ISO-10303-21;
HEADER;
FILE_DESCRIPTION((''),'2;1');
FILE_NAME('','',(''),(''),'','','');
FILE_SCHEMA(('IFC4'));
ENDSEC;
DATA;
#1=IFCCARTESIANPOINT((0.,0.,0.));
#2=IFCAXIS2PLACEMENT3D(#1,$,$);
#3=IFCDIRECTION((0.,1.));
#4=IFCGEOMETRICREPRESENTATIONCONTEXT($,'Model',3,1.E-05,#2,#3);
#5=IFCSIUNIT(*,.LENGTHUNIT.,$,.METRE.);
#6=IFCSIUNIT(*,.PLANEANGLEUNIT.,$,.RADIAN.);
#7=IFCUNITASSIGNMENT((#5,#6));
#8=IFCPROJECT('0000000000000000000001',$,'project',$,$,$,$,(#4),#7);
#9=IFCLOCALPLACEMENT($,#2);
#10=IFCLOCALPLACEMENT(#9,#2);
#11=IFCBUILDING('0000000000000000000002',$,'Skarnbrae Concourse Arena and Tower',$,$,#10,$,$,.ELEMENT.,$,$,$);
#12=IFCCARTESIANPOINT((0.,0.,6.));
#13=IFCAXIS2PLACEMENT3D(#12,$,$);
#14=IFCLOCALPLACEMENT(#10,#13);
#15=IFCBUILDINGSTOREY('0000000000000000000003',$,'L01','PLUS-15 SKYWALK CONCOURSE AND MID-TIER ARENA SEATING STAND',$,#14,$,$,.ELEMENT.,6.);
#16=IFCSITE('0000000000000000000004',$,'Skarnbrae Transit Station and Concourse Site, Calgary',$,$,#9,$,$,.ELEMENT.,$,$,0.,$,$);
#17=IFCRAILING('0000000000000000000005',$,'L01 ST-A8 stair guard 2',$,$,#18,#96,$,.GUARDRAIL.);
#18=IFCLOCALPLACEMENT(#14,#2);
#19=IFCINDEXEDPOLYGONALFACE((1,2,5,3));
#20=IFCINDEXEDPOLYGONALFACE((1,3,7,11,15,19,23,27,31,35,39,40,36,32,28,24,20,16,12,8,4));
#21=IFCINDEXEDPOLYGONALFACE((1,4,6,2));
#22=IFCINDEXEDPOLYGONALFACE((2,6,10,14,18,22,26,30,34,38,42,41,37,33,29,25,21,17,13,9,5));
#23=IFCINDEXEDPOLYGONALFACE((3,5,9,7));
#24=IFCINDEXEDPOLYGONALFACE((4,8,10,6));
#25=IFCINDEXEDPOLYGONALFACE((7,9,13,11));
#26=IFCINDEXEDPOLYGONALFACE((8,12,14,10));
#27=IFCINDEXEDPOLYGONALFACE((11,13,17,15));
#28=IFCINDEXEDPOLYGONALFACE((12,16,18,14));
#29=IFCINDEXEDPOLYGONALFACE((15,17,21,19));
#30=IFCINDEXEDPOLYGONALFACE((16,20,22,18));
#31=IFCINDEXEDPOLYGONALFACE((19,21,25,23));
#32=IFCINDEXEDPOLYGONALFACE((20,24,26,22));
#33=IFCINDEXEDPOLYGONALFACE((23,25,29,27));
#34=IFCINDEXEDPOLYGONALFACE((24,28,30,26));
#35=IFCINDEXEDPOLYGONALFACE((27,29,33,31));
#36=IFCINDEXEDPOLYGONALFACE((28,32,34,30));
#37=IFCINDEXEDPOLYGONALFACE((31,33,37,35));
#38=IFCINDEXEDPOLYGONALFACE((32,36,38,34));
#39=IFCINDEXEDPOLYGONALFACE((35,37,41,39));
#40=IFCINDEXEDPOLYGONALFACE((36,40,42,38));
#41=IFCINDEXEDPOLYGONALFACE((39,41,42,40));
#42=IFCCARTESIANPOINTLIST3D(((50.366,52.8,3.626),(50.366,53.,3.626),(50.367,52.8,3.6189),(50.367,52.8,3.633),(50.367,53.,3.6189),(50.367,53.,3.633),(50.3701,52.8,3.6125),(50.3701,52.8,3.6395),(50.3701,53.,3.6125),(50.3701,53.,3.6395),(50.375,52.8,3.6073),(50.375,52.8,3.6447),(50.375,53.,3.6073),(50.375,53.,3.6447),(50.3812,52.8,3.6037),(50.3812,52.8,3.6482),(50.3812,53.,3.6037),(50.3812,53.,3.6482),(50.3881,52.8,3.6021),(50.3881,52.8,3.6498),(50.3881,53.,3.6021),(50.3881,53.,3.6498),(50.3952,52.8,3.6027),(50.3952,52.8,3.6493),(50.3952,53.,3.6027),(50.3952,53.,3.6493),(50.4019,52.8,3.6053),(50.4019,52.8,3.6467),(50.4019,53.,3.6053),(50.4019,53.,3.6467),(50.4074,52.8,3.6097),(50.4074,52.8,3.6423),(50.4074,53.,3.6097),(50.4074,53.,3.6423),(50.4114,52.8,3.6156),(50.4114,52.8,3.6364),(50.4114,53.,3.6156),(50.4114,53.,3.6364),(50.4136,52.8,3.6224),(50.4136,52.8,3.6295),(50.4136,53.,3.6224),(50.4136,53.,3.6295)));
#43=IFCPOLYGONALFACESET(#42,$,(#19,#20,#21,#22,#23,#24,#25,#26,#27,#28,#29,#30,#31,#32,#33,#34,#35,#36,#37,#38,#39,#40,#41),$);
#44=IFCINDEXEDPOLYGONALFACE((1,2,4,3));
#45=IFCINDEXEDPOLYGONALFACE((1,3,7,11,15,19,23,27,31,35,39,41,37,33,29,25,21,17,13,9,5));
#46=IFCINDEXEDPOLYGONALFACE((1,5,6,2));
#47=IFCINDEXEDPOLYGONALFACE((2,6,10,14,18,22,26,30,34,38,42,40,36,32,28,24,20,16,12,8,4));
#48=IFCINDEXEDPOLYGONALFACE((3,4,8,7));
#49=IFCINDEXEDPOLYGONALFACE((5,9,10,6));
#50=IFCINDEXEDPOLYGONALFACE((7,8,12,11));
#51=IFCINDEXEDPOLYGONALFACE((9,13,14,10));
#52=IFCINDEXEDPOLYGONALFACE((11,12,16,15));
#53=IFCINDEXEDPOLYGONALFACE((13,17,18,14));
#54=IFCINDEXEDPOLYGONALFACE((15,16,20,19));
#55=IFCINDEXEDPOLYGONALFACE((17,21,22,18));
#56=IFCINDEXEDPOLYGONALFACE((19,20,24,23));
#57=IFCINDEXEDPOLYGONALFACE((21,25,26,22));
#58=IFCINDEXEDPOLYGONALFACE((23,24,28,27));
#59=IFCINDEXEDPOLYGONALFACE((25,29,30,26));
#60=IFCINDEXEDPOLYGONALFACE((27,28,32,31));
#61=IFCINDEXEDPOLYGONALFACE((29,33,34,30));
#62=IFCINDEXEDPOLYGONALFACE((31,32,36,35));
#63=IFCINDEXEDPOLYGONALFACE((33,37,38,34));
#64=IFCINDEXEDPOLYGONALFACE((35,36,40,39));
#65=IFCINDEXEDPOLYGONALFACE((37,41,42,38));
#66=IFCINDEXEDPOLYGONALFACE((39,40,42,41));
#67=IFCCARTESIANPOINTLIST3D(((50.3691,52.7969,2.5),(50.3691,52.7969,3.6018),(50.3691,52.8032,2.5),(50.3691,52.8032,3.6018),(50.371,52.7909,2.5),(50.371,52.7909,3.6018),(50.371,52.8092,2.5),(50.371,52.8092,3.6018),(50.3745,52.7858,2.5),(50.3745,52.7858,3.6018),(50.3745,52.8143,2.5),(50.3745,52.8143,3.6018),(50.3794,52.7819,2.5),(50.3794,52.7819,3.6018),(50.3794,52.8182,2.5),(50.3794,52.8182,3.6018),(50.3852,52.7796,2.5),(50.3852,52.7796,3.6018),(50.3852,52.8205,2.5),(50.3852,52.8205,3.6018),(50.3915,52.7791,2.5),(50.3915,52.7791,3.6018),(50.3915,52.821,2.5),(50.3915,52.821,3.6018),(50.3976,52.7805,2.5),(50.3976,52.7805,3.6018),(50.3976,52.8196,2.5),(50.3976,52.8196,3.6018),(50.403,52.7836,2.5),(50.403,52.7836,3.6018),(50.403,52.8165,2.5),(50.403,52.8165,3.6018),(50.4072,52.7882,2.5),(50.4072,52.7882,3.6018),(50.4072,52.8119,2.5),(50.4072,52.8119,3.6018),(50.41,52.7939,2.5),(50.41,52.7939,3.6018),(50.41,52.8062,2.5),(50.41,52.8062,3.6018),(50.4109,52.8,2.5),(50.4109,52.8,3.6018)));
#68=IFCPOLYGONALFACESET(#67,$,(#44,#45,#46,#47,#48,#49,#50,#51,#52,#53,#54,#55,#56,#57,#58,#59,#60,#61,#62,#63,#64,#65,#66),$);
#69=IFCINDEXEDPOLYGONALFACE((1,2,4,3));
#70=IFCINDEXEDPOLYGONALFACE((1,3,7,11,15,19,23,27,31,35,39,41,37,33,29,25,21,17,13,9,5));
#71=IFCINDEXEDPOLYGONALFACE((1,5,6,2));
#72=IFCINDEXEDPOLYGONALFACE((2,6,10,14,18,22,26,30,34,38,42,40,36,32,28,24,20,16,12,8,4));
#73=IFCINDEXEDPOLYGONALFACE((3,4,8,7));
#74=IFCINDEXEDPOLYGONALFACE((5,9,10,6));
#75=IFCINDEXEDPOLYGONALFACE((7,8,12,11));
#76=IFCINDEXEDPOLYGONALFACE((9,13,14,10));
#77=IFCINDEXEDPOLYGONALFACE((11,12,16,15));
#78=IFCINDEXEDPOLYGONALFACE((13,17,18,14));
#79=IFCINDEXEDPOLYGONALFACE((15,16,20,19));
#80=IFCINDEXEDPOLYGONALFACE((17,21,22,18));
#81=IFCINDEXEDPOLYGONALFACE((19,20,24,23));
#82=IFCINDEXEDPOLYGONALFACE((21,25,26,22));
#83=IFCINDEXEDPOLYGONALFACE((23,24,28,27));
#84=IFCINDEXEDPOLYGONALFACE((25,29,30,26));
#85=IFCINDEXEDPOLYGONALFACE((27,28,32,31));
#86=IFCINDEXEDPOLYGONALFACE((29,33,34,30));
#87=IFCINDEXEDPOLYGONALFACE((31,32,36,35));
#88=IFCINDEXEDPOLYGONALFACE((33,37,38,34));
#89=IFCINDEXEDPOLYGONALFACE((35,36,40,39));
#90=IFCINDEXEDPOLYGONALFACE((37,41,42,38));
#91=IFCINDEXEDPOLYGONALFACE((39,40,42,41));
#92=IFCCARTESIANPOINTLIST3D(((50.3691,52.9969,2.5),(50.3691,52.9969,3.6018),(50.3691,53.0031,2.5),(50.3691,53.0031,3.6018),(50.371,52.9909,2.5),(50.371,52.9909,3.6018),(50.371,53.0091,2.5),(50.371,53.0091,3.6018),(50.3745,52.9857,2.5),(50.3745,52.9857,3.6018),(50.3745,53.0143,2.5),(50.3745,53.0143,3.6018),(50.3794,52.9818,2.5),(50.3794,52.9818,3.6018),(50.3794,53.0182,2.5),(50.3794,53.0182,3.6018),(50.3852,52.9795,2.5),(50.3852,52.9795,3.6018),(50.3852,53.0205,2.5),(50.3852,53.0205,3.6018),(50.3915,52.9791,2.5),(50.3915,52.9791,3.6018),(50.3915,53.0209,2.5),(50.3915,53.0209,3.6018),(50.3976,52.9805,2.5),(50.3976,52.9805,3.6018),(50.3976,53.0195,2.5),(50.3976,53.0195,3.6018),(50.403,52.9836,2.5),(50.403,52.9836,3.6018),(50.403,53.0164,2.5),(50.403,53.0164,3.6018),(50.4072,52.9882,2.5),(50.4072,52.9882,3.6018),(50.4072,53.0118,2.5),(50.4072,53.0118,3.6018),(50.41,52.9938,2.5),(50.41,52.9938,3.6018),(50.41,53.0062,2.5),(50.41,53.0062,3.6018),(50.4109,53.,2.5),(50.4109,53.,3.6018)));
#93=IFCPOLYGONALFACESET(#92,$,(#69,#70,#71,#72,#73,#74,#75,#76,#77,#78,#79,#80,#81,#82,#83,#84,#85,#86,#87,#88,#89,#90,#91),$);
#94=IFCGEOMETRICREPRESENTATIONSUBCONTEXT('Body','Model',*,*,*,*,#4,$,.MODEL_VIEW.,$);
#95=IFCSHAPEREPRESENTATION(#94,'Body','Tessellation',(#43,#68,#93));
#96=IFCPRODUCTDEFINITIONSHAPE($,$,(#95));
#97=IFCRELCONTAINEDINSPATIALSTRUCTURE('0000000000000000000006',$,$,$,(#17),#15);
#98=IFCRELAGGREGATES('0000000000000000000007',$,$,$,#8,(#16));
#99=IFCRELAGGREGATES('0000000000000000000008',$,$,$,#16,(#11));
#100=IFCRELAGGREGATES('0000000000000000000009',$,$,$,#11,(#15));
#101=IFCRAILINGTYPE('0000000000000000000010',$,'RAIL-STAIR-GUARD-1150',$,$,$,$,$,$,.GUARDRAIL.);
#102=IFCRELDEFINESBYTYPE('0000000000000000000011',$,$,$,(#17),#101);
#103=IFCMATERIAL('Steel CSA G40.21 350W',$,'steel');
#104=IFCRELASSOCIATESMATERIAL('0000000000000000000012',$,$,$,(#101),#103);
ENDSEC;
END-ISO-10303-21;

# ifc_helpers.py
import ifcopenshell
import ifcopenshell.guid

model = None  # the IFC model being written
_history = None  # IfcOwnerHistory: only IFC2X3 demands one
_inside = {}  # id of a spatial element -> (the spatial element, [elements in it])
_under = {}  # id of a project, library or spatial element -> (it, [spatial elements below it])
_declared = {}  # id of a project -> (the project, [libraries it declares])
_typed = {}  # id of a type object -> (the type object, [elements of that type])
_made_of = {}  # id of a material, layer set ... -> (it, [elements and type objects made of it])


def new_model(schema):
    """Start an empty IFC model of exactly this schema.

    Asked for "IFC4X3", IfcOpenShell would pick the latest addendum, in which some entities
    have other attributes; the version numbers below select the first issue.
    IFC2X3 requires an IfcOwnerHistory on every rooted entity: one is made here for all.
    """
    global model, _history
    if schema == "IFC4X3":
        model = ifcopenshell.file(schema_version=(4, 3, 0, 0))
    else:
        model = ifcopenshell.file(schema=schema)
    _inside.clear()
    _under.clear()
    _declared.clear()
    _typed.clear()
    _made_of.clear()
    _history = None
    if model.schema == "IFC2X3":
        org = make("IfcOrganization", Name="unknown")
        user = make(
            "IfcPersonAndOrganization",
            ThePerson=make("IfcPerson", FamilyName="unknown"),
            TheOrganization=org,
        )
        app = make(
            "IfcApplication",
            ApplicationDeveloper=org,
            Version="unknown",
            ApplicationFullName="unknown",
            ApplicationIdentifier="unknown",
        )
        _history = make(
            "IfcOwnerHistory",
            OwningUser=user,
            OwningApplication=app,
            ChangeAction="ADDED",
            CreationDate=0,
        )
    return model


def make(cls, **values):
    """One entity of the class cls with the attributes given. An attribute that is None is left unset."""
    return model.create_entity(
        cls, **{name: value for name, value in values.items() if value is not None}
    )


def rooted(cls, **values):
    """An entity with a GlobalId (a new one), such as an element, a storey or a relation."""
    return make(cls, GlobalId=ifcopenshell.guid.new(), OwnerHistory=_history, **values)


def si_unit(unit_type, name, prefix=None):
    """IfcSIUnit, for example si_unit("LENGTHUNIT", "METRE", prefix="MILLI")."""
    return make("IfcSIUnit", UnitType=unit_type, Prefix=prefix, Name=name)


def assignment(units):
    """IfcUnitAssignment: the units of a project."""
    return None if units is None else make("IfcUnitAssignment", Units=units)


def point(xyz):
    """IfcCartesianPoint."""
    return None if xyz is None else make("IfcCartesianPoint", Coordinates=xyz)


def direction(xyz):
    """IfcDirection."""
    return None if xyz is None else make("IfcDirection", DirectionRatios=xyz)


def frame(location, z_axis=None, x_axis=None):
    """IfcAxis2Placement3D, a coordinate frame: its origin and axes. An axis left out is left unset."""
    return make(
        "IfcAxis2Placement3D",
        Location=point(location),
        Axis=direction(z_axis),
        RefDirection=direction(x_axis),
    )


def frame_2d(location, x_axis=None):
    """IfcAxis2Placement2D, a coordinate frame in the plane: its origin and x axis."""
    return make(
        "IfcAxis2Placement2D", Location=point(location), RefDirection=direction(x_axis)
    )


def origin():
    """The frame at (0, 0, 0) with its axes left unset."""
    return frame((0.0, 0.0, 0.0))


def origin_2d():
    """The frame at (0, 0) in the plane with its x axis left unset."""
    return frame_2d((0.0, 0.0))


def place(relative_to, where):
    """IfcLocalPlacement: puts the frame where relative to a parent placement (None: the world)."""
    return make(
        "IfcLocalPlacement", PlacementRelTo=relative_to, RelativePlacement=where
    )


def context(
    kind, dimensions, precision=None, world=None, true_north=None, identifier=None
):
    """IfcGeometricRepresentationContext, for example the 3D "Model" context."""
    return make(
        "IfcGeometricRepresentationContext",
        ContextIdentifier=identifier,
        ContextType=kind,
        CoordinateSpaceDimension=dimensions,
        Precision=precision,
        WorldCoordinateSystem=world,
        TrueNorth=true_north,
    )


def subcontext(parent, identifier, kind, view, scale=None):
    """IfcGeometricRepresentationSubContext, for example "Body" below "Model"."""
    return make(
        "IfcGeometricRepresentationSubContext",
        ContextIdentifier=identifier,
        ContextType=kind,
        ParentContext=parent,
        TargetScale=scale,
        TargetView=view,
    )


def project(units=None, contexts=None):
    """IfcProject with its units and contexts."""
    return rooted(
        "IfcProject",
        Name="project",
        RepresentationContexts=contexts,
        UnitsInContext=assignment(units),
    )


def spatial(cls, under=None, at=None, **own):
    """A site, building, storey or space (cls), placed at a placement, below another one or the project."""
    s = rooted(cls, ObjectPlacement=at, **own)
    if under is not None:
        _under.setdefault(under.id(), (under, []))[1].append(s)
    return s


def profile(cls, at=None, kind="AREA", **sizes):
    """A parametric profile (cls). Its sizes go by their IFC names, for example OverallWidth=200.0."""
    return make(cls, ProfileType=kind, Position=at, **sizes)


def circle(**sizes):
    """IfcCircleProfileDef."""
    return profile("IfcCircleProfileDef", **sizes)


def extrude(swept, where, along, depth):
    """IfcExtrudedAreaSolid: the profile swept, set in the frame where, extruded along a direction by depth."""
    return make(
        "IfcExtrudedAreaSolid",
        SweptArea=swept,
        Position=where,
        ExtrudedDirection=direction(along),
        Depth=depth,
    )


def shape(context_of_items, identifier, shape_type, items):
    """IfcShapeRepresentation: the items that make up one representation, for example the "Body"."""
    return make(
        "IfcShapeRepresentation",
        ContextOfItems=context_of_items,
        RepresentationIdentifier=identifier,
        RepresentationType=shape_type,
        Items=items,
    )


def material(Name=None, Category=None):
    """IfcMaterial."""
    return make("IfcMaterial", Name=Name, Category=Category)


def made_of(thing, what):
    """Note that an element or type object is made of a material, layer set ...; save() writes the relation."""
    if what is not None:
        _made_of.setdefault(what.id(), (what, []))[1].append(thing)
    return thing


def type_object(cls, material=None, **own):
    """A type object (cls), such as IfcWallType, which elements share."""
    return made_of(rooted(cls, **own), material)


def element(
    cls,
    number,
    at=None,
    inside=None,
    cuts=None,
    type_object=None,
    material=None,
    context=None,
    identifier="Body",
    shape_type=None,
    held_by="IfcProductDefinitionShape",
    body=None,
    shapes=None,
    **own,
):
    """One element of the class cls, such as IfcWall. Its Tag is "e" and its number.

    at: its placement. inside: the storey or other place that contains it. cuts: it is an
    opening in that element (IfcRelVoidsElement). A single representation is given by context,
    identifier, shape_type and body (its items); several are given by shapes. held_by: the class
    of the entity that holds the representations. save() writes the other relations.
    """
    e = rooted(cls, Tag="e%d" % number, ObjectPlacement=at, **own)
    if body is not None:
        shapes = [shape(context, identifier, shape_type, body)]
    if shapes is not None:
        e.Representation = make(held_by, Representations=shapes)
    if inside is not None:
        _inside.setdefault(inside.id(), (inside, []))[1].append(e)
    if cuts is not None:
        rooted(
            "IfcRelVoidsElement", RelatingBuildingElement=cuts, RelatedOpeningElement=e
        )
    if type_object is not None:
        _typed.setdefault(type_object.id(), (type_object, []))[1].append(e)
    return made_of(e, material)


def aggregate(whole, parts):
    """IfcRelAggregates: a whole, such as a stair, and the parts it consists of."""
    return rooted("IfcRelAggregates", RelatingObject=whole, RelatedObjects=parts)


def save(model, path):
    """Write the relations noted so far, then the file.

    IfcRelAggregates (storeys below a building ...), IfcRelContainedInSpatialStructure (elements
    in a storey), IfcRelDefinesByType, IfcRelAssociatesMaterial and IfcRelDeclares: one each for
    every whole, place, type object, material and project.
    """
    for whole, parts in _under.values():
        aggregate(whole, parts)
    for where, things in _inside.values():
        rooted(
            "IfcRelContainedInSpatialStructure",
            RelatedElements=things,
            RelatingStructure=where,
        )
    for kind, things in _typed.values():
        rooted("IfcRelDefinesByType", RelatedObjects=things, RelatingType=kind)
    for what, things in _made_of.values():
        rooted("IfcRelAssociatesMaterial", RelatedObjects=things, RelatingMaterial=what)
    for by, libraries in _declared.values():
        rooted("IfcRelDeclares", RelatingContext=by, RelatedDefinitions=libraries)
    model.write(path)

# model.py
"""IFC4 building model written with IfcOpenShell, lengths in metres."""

from ifc_helpers import new_model, si_unit, direction, frame, origin, origin_2d, place, context, subcontext, project, spatial, circle, extrude, material, type_object, element, save


model = new_model("IFC4")

# Units and contexts
model_context = context("Model", 3, precision=1e-05, world=origin(), true_north=direction((0.0, 1.0)))
body_context = subcontext(model_context, "Body", "Model", "MODEL_VIEW")
ifc_project = project(units=[si_unit("LENGTHUNIT", "METRE"), si_unit("PLANEANGLEUNIT", "RADIAN")], contexts=[model_context])

# Site, building, storey
site_placement = place(None, origin())
site = spatial("IfcSite", under=ifc_project, at=site_placement, Name="Skarnbrae Transit Station and Concourse Site, Calgary", CompositionType="ELEMENT", RefElevation=0.0)
building_placement = place(site_placement, origin())
building = spatial("IfcBuilding", under=site, at=building_placement, Name="Skarnbrae Concourse Arena and Tower", CompositionType="ELEMENT")
storey_placement = place(building_placement, frame((0.0, 0.0, 6.0)))
storey = spatial("IfcBuildingStorey", under=building, at=storey_placement, Name="L01", Description="PLUS-15 SKYWALK CONCOURSE AND MID-TIER ARENA SEATING STAND", CompositionType="ELEMENT", Elevation=6.0)

# Shared definitions
ifc_material_1 = material(Name="Steel CSA G40.21 350W", Category="steel")

# Railing
railing_type_1 = type_object("IfcRailingType", Name="RAIL-STAIR-GUARD-1150", PredefinedType="GUARDRAIL", material=ifc_material_1)
railing_1_placement = place(storey_placement, frame((50.3899, 52.8, 2.5)))
element("IfcRailing", 1, at=railing_1_placement, inside=storey, type_object=railing_type_1, Name="L01 ST-A8 stair guard 2", PredefinedType="GUARDRAIL", context=body_context, shape_type="SweptSolid", body=[
    extrude(circle(Radius=0.0239, at=origin_2d()), frame((0.0, 0.0, 1.126), z_axis=(0.0, 1.0, 0.0), x_axis=(-1.0, 0.0, 0.0)), (0.0, 0.0, 1.0), 0.2),
    extrude(circle(Radius=0.021, at=origin_2d()), origin(), (0.0, 0.0, 1.0), 1.1018),
    extrude(circle(Radius=0.021, at=origin_2d()), frame((0.0, 0.2, 0.0)), (0.0, 0.0, 1.0), 1.1018),
])

save(model, "model.ifc")
